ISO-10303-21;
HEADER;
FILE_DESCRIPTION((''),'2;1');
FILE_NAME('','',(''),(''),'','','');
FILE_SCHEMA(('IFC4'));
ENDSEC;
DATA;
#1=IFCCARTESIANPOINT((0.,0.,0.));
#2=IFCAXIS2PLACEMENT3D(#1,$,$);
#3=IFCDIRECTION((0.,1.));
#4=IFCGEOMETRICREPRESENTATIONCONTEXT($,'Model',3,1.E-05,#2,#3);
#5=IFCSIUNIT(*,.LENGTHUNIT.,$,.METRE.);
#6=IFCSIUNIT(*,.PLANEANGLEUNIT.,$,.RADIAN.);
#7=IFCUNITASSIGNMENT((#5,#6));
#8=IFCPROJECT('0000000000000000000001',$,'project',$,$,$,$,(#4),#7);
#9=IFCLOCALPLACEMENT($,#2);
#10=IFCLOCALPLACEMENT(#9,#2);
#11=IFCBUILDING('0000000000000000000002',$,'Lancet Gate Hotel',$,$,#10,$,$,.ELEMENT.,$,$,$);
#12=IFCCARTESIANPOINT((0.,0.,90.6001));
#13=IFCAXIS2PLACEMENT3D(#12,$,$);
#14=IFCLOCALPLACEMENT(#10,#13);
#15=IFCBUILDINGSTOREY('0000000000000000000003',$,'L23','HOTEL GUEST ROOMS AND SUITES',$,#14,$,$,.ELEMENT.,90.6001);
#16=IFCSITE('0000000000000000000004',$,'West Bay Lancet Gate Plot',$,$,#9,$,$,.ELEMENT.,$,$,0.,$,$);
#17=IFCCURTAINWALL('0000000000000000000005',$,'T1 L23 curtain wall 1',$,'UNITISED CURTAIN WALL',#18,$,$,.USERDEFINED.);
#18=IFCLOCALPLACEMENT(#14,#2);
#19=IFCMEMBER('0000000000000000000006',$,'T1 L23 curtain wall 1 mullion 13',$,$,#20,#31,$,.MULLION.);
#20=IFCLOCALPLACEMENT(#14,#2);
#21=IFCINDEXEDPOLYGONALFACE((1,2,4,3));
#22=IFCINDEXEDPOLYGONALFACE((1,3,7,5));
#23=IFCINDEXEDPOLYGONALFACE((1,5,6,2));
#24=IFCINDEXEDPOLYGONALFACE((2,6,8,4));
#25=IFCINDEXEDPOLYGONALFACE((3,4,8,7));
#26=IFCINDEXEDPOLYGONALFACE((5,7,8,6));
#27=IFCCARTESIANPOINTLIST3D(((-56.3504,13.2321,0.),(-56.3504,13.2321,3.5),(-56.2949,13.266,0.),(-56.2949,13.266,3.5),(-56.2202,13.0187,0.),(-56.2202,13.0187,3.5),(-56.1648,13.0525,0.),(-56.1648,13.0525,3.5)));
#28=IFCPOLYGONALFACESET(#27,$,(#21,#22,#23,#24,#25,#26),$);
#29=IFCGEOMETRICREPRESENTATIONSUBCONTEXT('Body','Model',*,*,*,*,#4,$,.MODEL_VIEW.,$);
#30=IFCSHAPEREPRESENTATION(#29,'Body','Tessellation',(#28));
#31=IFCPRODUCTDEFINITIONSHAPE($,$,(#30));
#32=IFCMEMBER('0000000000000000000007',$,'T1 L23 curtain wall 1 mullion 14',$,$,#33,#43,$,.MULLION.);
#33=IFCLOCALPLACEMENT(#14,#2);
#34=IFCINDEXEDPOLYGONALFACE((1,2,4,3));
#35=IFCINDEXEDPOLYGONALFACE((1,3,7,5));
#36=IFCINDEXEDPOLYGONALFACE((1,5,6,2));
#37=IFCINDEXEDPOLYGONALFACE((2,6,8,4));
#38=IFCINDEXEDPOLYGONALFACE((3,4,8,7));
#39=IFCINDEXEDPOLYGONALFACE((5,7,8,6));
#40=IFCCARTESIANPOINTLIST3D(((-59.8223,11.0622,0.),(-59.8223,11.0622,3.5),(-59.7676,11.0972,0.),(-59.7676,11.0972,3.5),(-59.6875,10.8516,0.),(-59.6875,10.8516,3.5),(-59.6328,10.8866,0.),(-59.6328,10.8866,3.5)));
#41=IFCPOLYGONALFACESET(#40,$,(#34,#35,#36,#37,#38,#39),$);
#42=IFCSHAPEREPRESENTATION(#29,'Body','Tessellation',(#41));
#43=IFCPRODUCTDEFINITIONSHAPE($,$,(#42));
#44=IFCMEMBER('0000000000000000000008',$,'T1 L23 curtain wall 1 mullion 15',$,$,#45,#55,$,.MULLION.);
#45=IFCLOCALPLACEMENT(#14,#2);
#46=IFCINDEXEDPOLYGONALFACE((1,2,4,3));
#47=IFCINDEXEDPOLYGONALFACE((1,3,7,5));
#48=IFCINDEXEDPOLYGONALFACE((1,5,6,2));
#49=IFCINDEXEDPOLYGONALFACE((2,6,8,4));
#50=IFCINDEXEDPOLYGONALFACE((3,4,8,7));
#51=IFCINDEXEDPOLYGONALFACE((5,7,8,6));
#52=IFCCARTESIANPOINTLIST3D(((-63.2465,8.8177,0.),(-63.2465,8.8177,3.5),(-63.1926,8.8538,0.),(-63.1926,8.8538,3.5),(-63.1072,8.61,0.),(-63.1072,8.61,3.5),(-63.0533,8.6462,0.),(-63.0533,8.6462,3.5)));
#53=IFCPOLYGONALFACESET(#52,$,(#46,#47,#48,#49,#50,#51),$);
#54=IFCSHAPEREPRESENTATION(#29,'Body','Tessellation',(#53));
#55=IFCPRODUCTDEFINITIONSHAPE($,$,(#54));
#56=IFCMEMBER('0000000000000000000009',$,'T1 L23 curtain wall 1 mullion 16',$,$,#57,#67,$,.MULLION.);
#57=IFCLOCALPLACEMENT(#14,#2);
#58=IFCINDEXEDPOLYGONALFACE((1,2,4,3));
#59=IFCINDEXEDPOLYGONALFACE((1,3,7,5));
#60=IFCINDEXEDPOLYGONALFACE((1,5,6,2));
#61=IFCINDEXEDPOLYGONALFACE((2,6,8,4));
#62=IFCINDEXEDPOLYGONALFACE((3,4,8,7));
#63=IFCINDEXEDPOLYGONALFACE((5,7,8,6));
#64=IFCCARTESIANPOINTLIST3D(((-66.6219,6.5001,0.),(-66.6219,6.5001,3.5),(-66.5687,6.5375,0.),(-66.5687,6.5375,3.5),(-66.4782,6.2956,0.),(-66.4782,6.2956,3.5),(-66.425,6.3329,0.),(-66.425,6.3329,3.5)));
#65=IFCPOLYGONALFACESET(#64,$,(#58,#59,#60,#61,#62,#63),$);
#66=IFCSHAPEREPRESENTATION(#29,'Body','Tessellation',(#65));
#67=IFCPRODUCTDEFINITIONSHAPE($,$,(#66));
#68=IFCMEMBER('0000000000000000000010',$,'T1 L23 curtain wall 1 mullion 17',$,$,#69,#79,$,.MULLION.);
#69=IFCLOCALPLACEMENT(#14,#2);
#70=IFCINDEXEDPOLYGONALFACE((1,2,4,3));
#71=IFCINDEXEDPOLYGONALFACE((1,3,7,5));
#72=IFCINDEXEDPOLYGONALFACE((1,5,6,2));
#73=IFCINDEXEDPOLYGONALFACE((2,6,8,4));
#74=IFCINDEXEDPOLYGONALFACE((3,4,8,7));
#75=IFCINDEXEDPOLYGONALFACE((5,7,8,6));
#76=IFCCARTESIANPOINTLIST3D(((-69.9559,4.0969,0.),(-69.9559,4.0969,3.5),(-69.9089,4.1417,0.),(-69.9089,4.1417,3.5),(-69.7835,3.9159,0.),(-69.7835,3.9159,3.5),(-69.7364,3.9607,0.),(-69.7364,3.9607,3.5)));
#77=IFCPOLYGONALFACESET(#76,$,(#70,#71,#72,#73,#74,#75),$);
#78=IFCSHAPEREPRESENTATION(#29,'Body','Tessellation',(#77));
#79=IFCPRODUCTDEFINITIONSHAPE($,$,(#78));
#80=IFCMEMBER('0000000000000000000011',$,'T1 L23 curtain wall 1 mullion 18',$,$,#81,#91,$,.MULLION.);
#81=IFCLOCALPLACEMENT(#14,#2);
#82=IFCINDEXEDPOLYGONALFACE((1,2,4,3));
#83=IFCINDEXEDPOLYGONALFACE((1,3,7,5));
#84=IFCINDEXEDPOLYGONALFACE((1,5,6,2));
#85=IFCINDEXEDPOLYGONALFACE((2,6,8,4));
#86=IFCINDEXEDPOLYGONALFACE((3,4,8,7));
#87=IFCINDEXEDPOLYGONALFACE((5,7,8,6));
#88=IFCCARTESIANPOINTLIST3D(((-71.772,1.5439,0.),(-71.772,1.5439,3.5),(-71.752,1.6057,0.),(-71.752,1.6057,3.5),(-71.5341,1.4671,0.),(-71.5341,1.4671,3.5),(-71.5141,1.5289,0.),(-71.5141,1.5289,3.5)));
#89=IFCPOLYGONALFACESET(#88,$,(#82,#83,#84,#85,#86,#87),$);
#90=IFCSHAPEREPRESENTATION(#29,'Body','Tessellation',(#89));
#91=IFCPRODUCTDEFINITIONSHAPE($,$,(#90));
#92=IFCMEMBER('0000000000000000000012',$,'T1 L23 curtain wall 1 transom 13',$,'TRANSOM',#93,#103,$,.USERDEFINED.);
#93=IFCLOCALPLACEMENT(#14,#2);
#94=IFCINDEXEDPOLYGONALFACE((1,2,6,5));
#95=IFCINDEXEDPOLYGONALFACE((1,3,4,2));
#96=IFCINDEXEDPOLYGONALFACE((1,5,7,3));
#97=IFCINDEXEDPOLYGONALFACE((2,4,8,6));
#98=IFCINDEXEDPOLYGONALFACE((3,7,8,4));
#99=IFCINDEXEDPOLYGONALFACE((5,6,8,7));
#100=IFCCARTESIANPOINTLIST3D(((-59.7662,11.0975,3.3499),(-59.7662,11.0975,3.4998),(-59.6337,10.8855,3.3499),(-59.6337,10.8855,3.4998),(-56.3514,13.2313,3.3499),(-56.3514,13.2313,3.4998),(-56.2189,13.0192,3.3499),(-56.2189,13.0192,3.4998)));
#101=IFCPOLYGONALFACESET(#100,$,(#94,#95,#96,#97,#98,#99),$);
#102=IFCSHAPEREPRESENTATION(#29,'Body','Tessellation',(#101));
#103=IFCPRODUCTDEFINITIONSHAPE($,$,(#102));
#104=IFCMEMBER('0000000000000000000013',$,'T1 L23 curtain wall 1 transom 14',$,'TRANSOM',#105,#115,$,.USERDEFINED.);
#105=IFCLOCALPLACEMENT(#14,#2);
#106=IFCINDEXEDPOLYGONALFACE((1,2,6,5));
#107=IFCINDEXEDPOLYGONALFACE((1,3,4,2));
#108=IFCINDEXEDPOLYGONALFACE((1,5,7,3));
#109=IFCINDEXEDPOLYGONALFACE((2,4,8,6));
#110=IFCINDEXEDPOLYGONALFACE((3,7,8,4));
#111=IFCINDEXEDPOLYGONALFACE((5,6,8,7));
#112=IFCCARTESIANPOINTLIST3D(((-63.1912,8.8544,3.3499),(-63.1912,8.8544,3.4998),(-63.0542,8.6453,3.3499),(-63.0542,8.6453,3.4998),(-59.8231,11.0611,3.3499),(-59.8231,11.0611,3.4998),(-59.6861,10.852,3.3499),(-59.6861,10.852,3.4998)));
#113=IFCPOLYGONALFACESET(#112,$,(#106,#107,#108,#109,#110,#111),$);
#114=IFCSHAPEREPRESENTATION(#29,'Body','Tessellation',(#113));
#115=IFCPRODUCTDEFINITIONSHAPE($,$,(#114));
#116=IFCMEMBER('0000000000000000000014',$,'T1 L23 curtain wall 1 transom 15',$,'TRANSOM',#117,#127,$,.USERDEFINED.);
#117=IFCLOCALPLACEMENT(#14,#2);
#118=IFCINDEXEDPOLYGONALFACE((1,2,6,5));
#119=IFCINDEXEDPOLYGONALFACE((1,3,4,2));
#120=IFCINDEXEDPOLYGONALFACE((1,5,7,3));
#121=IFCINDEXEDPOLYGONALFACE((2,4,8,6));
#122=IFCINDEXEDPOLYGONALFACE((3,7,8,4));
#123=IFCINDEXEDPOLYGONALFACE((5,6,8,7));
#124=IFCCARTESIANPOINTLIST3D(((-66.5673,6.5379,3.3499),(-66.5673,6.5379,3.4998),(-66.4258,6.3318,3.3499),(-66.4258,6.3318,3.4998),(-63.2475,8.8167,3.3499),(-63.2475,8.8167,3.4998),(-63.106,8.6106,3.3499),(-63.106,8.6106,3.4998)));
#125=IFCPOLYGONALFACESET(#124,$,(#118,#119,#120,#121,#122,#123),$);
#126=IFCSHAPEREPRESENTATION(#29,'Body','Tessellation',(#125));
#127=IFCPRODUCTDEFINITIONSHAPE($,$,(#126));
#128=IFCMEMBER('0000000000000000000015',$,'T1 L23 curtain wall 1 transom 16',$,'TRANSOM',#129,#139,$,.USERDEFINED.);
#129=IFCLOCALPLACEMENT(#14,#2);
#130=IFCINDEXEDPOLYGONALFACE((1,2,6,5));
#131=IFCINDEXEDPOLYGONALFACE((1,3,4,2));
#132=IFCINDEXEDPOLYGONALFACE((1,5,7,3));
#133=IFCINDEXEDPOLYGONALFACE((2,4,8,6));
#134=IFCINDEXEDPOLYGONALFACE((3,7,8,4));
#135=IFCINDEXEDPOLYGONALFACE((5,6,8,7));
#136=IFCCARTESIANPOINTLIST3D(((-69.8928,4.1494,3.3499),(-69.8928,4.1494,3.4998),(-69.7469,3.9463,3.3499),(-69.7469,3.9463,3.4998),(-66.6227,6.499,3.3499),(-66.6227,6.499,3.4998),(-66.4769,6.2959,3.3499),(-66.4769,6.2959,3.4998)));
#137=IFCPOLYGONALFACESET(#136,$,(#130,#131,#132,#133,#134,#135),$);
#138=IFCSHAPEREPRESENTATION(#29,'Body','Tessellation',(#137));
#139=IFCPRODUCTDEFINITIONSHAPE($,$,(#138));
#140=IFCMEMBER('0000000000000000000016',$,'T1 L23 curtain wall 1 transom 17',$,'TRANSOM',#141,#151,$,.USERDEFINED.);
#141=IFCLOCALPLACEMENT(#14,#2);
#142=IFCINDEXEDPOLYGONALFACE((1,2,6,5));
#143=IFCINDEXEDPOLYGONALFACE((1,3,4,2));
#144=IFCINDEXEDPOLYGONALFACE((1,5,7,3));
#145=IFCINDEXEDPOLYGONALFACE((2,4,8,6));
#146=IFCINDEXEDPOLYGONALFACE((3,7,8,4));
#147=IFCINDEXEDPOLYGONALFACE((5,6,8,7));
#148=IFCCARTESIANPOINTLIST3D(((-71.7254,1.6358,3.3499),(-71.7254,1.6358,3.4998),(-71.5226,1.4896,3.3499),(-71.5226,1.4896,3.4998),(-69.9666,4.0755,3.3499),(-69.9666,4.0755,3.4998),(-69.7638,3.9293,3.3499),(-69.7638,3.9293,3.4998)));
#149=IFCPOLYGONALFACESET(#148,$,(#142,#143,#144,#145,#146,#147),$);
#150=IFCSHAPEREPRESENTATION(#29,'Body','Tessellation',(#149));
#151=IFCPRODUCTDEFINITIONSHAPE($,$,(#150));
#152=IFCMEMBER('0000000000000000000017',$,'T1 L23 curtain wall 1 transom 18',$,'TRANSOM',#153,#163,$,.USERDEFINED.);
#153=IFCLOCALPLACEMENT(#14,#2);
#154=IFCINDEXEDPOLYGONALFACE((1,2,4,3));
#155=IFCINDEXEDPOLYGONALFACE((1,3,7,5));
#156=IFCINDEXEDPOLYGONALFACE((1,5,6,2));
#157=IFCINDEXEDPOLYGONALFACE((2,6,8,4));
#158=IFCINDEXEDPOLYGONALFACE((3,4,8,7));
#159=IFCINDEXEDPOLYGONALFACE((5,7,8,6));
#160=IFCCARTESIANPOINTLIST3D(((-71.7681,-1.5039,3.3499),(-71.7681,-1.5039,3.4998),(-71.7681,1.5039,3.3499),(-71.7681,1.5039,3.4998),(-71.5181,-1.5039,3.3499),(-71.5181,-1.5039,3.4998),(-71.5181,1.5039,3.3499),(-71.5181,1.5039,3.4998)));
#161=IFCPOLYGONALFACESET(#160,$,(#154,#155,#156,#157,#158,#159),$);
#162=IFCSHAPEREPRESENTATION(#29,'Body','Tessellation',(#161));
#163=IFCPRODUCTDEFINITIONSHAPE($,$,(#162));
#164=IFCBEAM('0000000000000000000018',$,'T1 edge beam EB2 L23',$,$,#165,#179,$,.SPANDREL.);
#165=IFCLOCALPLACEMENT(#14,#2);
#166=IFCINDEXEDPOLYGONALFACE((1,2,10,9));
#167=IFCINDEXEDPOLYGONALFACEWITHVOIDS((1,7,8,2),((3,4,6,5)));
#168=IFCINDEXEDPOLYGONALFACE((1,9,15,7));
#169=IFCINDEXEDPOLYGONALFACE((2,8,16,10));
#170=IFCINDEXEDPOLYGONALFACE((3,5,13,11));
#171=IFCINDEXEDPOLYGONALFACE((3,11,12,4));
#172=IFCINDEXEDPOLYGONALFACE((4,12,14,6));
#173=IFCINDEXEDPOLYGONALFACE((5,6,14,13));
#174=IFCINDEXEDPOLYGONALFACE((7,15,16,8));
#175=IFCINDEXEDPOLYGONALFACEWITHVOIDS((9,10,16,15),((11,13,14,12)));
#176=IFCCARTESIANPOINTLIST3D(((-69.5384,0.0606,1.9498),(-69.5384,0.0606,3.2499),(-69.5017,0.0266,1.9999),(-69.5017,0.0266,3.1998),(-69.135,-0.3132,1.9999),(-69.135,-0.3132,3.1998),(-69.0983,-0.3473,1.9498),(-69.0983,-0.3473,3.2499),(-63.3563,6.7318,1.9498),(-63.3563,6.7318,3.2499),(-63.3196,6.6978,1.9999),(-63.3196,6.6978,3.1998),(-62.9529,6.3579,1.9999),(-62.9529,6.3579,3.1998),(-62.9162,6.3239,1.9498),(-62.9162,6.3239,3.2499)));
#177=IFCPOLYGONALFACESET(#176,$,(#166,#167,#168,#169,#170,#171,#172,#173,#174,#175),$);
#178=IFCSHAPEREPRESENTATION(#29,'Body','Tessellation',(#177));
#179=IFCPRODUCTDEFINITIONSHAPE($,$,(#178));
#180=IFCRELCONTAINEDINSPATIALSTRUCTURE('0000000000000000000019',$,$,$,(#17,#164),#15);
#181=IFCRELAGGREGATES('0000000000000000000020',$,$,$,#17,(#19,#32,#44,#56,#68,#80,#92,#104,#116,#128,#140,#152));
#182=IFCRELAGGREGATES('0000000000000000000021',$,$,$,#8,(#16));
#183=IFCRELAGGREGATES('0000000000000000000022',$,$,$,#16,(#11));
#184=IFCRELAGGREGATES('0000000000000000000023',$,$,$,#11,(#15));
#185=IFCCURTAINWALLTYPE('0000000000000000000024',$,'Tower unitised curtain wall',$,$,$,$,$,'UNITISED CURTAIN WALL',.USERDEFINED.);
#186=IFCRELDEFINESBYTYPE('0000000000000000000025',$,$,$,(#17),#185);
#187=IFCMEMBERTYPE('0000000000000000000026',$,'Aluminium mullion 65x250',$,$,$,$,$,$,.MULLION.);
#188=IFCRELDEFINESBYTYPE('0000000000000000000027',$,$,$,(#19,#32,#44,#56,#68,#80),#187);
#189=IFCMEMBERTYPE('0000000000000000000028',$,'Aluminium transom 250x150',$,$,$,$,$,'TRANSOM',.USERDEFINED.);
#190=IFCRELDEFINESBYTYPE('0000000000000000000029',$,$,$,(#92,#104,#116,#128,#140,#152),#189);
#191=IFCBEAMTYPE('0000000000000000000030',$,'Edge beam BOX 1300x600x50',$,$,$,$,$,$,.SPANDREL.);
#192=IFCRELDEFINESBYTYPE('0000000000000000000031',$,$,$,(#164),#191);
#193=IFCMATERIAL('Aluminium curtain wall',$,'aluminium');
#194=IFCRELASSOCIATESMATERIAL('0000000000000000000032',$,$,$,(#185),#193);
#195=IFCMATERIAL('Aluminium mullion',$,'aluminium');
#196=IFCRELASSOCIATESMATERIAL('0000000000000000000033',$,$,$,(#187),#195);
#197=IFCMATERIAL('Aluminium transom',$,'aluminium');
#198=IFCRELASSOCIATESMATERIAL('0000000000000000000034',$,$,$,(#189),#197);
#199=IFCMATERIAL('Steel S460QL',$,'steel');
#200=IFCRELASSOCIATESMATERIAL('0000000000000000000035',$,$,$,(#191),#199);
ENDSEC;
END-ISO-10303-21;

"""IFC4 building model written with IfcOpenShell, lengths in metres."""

from ifc_helpers import new_model, si_unit, direction, frame, origin, origin_2d, place, context, subcontext, project, spatial, rectangle, hollow_rectangle, extrude, material, material_profile, profile_set, type_object, element, aggregate, save


model = new_model("IFC4")

# Units and contexts
model_context = context("Model", 3, precision=1e-05, world=origin(), true_north=direction((0.0, 1.0)))
body_context = subcontext(model_context, "Body", "Model", "MODEL_VIEW")
ifc_project = project(units=[si_unit("LENGTHUNIT", "METRE"), si_unit("PLANEANGLEUNIT", "RADIAN")], contexts=[model_context])

# Site, building, storey
site_placement = place(None, origin())
site = spatial("IfcSite", under=ifc_project, at=site_placement, Name="West Bay Lancet Gate Plot", CompositionType="ELEMENT", RefElevation=0.0)
building_placement = place(site_placement, origin())
building = spatial("IfcBuilding", under=site, at=building_placement, Name="Lancet Gate Hotel", CompositionType="ELEMENT")
storey_placement = place(building_placement, frame((0.0, 0.0, 90.6001)))
storey = spatial("IfcBuildingStorey", under=building, at=storey_placement, Name="L23", Description="HOTEL GUEST ROOMS AND SUITES", CompositionType="ELEMENT", Elevation=90.6001)

# Curtain wall, members
ifc_material_1 = material(Name="Aluminium curtain wall", Category="aluminium")
curtain_wall_type = type_object("IfcCurtainWallType", Name="Tower unitised curtain wall", ElementType="UNITISED CURTAIN WALL", PredefinedType="USERDEFINED", material=ifc_material_1)
curtain_wall_placement = place(storey_placement, origin())
curtain_wall = element("IfcCurtainWall", 1, at=curtain_wall_placement, inside=storey, type_object=curtain_wall_type, Name="T1 L23 curtain wall 1", ObjectType="UNITISED CURTAIN WALL", PredefinedType="USERDEFINED")
ifc_material_2 = material(Name="Aluminium mullion", Category="aluminium")
ifc_material_profile_1 = material_profile(ifc_material_2, rectangle(XDim=0.0649, YDim=0.25, at=origin_2d()), Name="MULLION 65x250")
ifc_profile_set_1 = profile_set([ifc_material_profile_1], Name="Aluminium mullion")
member_type_1 = type_object("IfcMemberType", Name="Aluminium mullion 65x250", PredefinedType="MULLION", material=ifc_profile_set_1)
member_1_placement = place(storey_placement, frame((-56.2576, 13.1423, 0.0), z_axis=(0.0, 0.0, 1.0), x_axis=(-0.853716, -0.520739, 0.0)))
member_1 = element("IfcMember", 2, at=member_1_placement, type_object=member_type_1, Name="T1 L23 curtain wall 1 mullion 13", PredefinedType="MULLION", context=body_context, shape_type="SweptSolid", body=[
    extrude(rectangle(XDim=0.0649, YDim=0.25, at=origin_2d()), origin(), (0.0, 0.0, 1.0), 3.5),
])
member_2_placement = place(storey_placement, frame((-59.7275, 10.9744, 0.0), z_axis=(0.0, 0.0, 1.0), x_axis=(-0.842308, -0.538996, 0.0)))
member_2 = element("IfcMember", 3, at=member_2_placement, type_object=member_type_1, Name="T1 L23 curtain wall 1 mullion 14", PredefinedType="MULLION", context=body_context, shape_type="SweptSolid", body=[
    extrude(rectangle(XDim=0.0649, YDim=0.25, at=origin_2d()), origin(), (0.0, 0.0, 1.0), 3.5),
])
member_3_placement = place(storey_placement, frame((-63.1499, 8.7319, 0.0), z_axis=(0.0, 0.0, 1.0), x_axis=(-0.83051, -0.557004, 0.0)))
member_3 = element("IfcMember", 4, at=member_3_placement, type_object=member_type_1, Name="T1 L23 curtain wall 1 mullion 15", PredefinedType="MULLION", context=body_context, shape_type="SweptSolid", body=[
    extrude(rectangle(XDim=0.0649, YDim=0.25, at=origin_2d()), origin(), (0.0, 0.0, 1.0), 3.5),
])
member_4_placement = place(storey_placement, frame((-66.5234, 6.4165, 0.0), z_axis=(0.0, 0.0, 1.0), x_axis=(-0.818327, -0.574753, 0.0)))
member_4 = element("IfcMember", 5, at=member_4_placement, type_object=member_type_1, Name="T1 L23 curtain wall 1 mullion 16", PredefinedType="MULLION", context=body_context, shape_type="SweptSolid", body=[
    extrude(rectangle(XDim=0.0649, YDim=0.25, at=origin_2d()), origin(), (0.0, 0.0, 1.0), 3.5),
])
member_5_placement = place(storey_placement, frame((-69.8462, 4.0288, 0.0), z_axis=(0.0, 0.0, 1.0), x_axis=(-0.723846, -0.689961, 0.0)))
member_5 = element("IfcMember", 6, at=member_5_placement, type_object=member_type_1, Name="T1 L23 curtain wall 1 mullion 17", PredefinedType="MULLION", context=body_context, shape_type="SweptSolid", body=[
    extrude(rectangle(XDim=0.0649, YDim=0.25, at=origin_2d()), origin(), (0.0, 0.0, 1.0), 3.5),
])
member_6_placement = place(storey_placement, frame((-71.6431, 1.5364, 0.0), z_axis=(0.0, 0.0, 1.0), x_axis=(-0.307269, -0.951623, 0.0)))
member_6 = element("IfcMember", 7, at=member_6_placement, type_object=member_type_1, Name="T1 L23 curtain wall 1 mullion 18", PredefinedType="MULLION", context=body_context, shape_type="SweptSolid", body=[
    extrude(rectangle(XDim=0.0649, YDim=0.25, at=origin_2d()), origin(), (0.0, 0.0, 1.0), 3.5),
])
ifc_material_3 = material(Name="Aluminium transom", Category="aluminium")
ifc_material_profile_2 = material_profile(ifc_material_3, rectangle(XDim=0.25, YDim=0.1499, at=origin_2d()), Name="TRANSOM 250x150")
ifc_profile_set_2 = profile_set([ifc_material_profile_2], Name="Aluminium transom")
member_type_2 = type_object("IfcMemberType", Name="Aluminium transom 250x150", ElementType="TRANSOM", PredefinedType="USERDEFINED", material=ifc_profile_set_2)
member_7_placement = place(storey_placement, frame((-56.2852, 13.1252, 3.4248), z_axis=(-0.848049, -0.529917, 0.0), x_axis=(0.529917, -0.848049, 0.0)))
member_7 = element("IfcMember", 8, at=member_7_placement, type_object=member_type_2, Name="T1 L23 curtain wall 1 transom 13", ObjectType="TRANSOM", PredefinedType="USERDEFINED", context=body_context, shape_type="SweptSolid", body=[
    extrude(rectangle(XDim=0.25, YDim=0.1499, at=origin_2d()), origin(), (0.0, 0.0, 1.0), 4.0266),
])
member_8_placement = place(storey_placement, frame((-59.7546, 10.9565, 3.4248), z_axis=(-0.836454, -0.548036, 0.0), x_axis=(0.548036, -0.836454, 0.0)))
member_8 = element("IfcMember", 9, at=member_8_placement, type_object=member_type_2, Name="T1 L23 curtain wall 1 transom 14", ObjectType="TRANSOM", PredefinedType="USERDEFINED", context=body_context, shape_type="SweptSolid", body=[
    extrude(rectangle(XDim=0.25, YDim=0.1499, at=origin_2d()), origin(), (0.0, 0.0, 1.0), 4.0266),
])
member_9_placement = place(storey_placement, frame((-63.1768, 8.7136, 3.4248), z_axis=(-0.824456, -0.565927, 0.0), x_axis=(0.565927, -0.824456, 0.0)))
member_9 = element("IfcMember", 10, at=member_9_placement, type_object=member_type_2, Name="T1 L23 curtain wall 1 transom 15", ObjectType="TRANSOM", PredefinedType="USERDEFINED", context=body_context, shape_type="SweptSolid", body=[
    extrude(rectangle(XDim=0.25, YDim=0.1499, at=origin_2d()), origin(), (0.0, 0.0, 1.0), 4.0266),
])
member_10_placement = place(storey_placement, frame((-66.5498, 6.3975, 3.4248), z_axis=(-0.8121, -0.583519, 0.0), x_axis=(0.583519, -0.8121, 0.0)))
member_10 = element("IfcMember", 11, at=member_10_placement, type_object=member_type_2, Name="T1 L23 curtain wall 1 transom 16", ObjectType="TRANSOM", PredefinedType="USERDEFINED", context=body_context, shape_type="SweptSolid", body=[
    extrude(rectangle(XDim=0.25, YDim=0.1499, at=origin_2d()), origin(), (0.0, 0.0, 1.0), 4.0266),
])
member_11_placement = place(storey_placement, frame((-69.8652, 4.0024, 3.4248), z_axis=(-0.584788, -0.811186, 0.0), x_axis=(0.811186, -0.584788, 0.0)))
member_11 = element("IfcMember", 12, at=member_11_placement, type_object=member_type_2, Name="T1 L23 curtain wall 1 transom 17", ObjectType="TRANSOM", PredefinedType="USERDEFINED", context=body_context, shape_type="SweptSolid", body=[
    extrude(rectangle(XDim=0.25, YDim=0.1499, at=origin_2d()), origin(), (0.0, 0.0, 1.0), 3.0076),
])
member_12_placement = place(storey_placement, frame((-71.6431, 1.5039, 3.4248), z_axis=(0.0, -1.0, 0.0), x_axis=(1.0, 0.0, 0.0)))
member_12 = element("IfcMember", 13, at=member_12_placement, type_object=member_type_2, Name="T1 L23 curtain wall 1 transom 18", ObjectType="TRANSOM", PredefinedType="USERDEFINED", context=body_context, shape_type="SweptSolid", body=[
    extrude(rectangle(XDim=0.25, YDim=0.1499, at=origin_2d()), origin(), (0.0, 0.0, 1.0), 3.0078),
])

# Beam
ifc_material_4 = material(Name="Steel S460QL", Category="steel")
ifc_material_profile_3 = material_profile(ifc_material_4, hollow_rectangle(XDim=0.6001, YDim=1.3, WallThickness=0.05, at=origin_2d()), Name="BOX 1300x600x50")
ifc_profile_set_3 = profile_set([ifc_material_profile_3], Name="Steel S460QL")
beam_type_1 = type_object("IfcBeamType", Name="Edge beam BOX 1300x600x50", PredefinedType="SPANDREL", material=ifc_profile_set_3)
beam_1_placement = place(storey_placement, frame((-63.1362, 6.5278, 2.5999), z_axis=(-0.679713, -0.733479, 0.0), x_axis=(0.733479, -0.679713, 0.0)))
element("IfcBeam", 14, at=beam_1_placement, inside=storey, type_object=beam_type_1, Name="T1 edge beam EB2 L23", PredefinedType="SPANDREL", context=body_context, shape_type="SweptSolid", body=[
    extrude(hollow_rectangle(XDim=0.6001, YDim=1.3, WallThickness=0.05, at=origin_2d()), origin(), (0.0, 0.0, 1.0), 9.0952),
])

aggregate(curtain_wall, [member_1, member_2, member_3, member_4, member_5, member_6, member_7, member_8, member_9, member_10, member_11, member_12])

save(model, "model.ifc")
